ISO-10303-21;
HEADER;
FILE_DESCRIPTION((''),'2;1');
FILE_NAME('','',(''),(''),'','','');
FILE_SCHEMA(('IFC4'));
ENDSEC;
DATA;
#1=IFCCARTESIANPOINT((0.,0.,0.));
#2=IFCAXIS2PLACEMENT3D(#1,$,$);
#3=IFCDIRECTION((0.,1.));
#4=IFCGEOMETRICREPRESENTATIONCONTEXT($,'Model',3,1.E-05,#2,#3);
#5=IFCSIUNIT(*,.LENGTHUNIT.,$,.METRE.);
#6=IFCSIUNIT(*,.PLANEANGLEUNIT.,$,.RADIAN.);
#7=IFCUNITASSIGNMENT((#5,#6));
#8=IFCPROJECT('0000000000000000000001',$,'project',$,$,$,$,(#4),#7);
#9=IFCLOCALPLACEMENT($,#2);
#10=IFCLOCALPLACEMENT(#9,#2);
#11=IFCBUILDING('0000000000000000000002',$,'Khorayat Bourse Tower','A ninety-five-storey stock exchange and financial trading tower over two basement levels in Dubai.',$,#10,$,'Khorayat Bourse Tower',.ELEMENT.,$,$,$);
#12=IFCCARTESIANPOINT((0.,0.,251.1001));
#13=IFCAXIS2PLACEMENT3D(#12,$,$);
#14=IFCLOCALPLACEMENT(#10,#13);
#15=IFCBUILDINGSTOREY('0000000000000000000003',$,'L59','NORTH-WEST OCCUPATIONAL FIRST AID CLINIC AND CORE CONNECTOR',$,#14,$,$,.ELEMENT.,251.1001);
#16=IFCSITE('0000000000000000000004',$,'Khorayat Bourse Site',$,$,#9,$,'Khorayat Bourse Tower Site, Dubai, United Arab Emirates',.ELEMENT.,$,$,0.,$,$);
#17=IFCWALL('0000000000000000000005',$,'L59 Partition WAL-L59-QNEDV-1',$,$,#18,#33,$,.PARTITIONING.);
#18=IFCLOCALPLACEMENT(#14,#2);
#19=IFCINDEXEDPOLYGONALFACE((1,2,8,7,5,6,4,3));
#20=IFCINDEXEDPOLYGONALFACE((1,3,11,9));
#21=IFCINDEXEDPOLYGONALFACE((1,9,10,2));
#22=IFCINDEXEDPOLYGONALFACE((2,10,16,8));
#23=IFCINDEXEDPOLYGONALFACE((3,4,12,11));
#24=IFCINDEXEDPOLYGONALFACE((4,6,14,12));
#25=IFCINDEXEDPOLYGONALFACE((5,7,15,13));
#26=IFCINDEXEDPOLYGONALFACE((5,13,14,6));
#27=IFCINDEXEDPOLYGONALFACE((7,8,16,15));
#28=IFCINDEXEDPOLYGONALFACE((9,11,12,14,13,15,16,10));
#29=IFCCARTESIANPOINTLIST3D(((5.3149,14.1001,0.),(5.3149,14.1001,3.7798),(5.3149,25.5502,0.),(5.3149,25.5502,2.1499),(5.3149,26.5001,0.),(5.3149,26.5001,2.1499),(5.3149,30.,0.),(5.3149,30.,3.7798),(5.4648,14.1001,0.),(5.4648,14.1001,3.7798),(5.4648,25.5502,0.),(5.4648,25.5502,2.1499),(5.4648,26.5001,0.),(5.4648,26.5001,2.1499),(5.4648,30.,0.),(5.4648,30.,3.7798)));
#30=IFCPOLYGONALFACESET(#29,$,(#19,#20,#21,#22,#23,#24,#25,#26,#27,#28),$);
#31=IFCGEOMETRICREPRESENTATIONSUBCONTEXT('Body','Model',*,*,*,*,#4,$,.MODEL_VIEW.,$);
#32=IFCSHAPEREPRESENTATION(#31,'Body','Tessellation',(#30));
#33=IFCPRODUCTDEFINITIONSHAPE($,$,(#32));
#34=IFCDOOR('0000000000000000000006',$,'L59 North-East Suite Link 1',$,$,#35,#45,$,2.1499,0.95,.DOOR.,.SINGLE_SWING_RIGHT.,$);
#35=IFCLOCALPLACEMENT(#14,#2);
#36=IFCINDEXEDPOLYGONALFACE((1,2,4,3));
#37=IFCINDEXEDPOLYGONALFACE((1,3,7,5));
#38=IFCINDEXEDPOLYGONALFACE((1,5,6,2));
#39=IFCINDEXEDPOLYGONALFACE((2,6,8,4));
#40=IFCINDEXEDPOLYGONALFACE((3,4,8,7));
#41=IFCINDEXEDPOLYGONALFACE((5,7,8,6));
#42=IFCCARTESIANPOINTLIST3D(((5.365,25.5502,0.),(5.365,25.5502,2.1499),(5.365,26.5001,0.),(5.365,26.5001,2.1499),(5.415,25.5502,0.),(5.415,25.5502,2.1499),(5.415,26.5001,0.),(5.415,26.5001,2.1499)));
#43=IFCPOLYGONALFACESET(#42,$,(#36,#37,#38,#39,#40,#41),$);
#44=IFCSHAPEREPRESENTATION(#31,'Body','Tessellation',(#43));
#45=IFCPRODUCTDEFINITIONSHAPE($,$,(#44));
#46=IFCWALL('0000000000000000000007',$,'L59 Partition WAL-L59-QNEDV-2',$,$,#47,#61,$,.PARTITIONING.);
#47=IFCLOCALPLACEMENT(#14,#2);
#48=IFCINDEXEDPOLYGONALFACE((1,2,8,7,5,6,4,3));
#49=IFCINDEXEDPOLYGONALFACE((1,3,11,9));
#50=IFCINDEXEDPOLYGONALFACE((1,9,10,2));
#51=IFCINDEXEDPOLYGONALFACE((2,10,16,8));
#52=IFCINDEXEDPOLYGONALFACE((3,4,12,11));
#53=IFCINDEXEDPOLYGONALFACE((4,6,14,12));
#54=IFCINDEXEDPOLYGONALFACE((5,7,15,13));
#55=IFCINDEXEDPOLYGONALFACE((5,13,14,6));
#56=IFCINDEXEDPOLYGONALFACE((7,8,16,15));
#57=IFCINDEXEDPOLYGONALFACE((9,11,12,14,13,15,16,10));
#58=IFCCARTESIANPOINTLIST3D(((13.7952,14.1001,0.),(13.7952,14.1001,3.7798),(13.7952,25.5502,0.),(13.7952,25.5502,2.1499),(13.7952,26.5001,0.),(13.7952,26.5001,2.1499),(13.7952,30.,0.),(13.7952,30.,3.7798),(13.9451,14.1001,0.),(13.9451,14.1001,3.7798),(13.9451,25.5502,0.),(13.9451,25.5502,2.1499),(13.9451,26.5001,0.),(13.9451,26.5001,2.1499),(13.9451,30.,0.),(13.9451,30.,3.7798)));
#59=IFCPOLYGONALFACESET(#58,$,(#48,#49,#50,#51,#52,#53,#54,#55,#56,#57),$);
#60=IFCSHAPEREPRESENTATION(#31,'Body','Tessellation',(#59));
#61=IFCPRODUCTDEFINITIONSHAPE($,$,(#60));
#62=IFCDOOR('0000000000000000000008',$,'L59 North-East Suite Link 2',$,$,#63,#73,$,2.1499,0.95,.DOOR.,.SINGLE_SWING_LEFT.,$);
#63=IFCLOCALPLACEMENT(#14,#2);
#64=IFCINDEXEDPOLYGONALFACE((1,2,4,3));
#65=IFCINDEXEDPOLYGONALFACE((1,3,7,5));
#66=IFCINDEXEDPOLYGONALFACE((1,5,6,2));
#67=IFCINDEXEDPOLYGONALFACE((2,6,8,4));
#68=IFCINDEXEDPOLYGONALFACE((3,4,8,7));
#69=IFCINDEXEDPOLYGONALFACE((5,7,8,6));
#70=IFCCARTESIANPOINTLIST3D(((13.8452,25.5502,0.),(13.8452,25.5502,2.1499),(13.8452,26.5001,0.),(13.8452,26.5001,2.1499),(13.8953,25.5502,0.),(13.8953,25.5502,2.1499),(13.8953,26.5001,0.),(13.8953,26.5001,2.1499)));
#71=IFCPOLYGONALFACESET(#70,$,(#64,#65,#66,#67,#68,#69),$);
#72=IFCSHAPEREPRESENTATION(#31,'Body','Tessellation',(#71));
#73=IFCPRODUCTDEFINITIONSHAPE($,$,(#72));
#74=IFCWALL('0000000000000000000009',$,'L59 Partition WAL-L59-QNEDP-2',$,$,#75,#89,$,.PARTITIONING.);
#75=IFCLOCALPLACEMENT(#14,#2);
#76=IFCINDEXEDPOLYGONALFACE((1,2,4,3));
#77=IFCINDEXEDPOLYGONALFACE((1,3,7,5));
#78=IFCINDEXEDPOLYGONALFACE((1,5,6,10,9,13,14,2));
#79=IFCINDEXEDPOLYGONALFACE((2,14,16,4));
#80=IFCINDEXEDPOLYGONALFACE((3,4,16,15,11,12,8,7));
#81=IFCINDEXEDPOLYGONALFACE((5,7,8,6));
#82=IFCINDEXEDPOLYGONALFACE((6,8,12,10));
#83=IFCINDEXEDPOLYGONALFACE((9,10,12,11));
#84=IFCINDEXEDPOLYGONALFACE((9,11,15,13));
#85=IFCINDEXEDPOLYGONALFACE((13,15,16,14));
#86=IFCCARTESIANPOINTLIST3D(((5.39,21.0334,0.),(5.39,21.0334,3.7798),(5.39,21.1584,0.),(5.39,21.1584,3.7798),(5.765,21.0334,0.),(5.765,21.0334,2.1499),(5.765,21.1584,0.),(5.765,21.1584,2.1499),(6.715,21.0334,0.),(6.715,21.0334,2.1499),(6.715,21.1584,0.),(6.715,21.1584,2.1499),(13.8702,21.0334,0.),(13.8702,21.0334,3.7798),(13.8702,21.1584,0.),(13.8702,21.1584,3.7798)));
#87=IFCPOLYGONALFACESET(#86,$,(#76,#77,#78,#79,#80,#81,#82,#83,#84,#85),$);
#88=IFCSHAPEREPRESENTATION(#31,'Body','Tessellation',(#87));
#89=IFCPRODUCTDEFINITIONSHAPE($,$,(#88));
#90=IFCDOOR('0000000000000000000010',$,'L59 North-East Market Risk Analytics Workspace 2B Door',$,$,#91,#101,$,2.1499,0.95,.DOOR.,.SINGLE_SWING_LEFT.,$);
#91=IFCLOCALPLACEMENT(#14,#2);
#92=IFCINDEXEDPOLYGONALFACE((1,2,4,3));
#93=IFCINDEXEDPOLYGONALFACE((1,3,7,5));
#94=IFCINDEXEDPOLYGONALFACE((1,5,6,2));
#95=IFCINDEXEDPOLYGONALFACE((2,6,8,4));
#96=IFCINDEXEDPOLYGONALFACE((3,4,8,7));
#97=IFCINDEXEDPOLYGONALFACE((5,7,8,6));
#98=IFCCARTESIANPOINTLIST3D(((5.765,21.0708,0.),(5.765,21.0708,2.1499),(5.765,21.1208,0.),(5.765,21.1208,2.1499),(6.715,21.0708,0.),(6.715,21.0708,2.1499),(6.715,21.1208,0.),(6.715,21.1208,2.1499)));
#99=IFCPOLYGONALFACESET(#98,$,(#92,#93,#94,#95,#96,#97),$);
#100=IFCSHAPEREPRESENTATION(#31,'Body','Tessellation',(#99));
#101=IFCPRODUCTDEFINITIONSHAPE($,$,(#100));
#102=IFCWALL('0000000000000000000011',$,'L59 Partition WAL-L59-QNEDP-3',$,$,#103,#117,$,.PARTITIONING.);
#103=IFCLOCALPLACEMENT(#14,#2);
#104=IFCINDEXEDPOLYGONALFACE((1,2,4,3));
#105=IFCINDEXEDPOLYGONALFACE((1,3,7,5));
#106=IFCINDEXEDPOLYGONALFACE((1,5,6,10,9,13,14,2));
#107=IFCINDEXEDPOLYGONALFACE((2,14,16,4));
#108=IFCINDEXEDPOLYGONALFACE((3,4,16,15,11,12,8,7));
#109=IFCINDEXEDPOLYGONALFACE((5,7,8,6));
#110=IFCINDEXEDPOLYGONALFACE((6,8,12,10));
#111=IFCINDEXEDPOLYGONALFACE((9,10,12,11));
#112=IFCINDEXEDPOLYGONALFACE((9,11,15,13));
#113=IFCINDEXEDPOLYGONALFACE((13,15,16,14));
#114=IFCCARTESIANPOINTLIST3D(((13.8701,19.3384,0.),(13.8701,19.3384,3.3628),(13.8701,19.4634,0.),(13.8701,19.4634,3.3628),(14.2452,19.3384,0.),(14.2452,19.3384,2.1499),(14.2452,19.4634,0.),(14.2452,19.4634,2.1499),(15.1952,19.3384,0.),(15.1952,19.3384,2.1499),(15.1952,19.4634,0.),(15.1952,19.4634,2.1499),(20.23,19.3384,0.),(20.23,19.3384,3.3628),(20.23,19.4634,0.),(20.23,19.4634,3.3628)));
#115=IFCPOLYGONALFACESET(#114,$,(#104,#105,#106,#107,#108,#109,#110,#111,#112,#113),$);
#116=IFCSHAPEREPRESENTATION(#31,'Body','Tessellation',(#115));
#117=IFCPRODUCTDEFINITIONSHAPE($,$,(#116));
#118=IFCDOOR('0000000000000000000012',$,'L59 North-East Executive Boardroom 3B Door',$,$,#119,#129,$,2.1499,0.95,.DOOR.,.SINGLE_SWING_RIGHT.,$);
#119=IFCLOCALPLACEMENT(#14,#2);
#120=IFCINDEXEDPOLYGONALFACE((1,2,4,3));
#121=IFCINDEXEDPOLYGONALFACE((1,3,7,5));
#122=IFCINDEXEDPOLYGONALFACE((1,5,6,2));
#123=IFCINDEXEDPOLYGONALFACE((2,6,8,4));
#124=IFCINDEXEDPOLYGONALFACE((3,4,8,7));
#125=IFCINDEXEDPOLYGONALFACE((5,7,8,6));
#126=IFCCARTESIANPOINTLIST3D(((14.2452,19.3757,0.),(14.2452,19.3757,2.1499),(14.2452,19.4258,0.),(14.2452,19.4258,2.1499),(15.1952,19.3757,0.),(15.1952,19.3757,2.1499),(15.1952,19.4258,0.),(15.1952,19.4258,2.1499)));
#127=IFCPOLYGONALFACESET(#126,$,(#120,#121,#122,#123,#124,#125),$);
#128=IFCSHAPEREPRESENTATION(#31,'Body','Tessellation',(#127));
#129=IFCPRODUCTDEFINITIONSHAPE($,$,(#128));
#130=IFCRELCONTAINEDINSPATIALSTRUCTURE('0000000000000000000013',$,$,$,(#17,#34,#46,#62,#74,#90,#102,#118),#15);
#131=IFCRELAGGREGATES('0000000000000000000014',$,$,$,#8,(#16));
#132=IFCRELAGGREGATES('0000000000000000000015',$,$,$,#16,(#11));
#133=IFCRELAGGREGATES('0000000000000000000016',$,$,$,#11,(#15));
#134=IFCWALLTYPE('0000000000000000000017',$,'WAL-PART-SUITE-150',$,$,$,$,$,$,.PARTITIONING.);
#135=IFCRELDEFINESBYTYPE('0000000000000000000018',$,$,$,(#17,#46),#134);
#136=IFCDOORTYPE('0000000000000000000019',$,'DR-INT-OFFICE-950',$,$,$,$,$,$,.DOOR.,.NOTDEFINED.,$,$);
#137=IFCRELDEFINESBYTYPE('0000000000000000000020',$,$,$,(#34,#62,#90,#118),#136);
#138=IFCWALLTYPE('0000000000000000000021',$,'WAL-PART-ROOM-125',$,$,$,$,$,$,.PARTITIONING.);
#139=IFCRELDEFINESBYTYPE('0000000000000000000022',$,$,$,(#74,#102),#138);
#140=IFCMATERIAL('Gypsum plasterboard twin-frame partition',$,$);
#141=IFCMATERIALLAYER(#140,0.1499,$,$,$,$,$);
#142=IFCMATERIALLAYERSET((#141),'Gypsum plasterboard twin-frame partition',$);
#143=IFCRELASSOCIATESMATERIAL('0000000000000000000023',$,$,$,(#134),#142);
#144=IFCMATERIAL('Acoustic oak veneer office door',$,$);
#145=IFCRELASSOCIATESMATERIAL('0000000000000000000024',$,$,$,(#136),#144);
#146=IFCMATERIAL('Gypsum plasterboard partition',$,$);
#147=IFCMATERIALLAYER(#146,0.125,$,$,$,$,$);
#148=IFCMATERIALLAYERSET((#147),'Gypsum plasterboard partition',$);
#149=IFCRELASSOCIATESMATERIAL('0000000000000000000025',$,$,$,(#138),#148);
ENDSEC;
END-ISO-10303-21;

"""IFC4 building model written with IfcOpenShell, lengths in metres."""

from ifc_helpers import new_model, si_unit, direction, frame, frame_2d, origin, place, context, subcontext, project, spatial, rectangle, extrude, source, transform, mapped, material, layer, layer_set, type_object, element, fill, save


model = new_model("IFC4")

# Units and contexts
model_context = context("Model", 3, precision=1e-05, world=origin(), true_north=direction((0.0, 1.0)))
body_context = subcontext(model_context, "Body", "Model", "MODEL_VIEW")
ifc_project = project(units=[si_unit("LENGTHUNIT", "METRE"), si_unit("PLANEANGLEUNIT", "RADIAN")], contexts=[model_context])

# Site, building, storey
site_placement = place(None, origin())
site = spatial("IfcSite", under=ifc_project, at=site_placement, Name="Khorayat Bourse Site", LongName="Khorayat Bourse Tower Site, Dubai, United Arab Emirates", CompositionType="ELEMENT", RefElevation=0.0)
building_placement = place(site_placement, origin())
building = spatial("IfcBuilding", under=site, at=building_placement, Name="Khorayat Bourse Tower", Description="A ninety-five-storey stock exchange and financial trading tower over two basement levels in Dubai.", LongName="Khorayat Bourse Tower", CompositionType="ELEMENT")
storey_placement = place(building_placement, frame((0.0, 0.0, 251.1001)))
storey = spatial("IfcBuildingStorey", under=building, at=storey_placement, Name="L59", Description="NORTH-WEST OCCUPATIONAL FIRST AID CLINIC AND CORE CONNECTOR", CompositionType="ELEMENT", Elevation=251.1001)

# Walls, openings, doors
ifc_material_1 = material(Name="Gypsum plasterboard twin-frame partition")
ifc_layer_1 = layer(ifc_material_1, 0.1499)
ifc_layer_set_1 = layer_set([ifc_layer_1], Name="Gypsum plasterboard twin-frame partition")
wall_type_1 = type_object("IfcWallType", Name="WAL-PART-SUITE-150", PredefinedType="PARTITIONING", material=ifc_layer_set_1)
shared_shape_1 = source(origin(), body_context, "Body", "SweptSolid", [
    extrude(rectangle(XDim=15.8999, YDim=0.1499, at=frame_2d((7.95, 0.0))), origin(), (0.0, 0.0, 1.0), 3.7798),
])
wall_1_placement = place(storey_placement, frame((5.3899, 14.1001, 0.0), z_axis=(0.0, 0.0, 1.0), x_axis=(0.0, 1.0, 0.0)))
wall_1 = element("IfcWall", 1, at=wall_1_placement, inside=storey, type_object=wall_type_1, Name="L59 Partition WAL-L59-QNEDV-1", PredefinedType="PARTITIONING", context=body_context, shape_type="MappedRepresentation", body=[
    mapped(shared_shape_1, transform((0.0, 0.0, 0.0), scale=1.0)),
])
shared_shape_2 = source(origin(), body_context, "Body", "SweptSolid", [
    extrude(rectangle(XDim=0.95, YDim=2.1499, at=frame_2d((0.4751, 1.075))), frame((0.0, 0.085, 0.0), z_axis=(0.0, -1.0, 0.0), x_axis=(1.0, 0.0, 0.0)), (0.0, 0.0, 1.0), 0.1699),
])
opening_1_placement = place(wall_1_placement, frame((11.45, 0.0, 0.0)))
opening_1 = element("IfcOpeningElement", 2, at=opening_1_placement, cuts=wall_1, PredefinedType="OPENING", context=body_context, shape_type="MappedRepresentation", body=[
    mapped(shared_shape_2, transform((0.0, 0.0, 0.0), scale=1.0)),
])
ifc_material_2 = material(Name="Acoustic oak veneer office door")
door_type = type_object("IfcDoorType", Name="DR-INT-OFFICE-950", OperationType="NOTDEFINED", PredefinedType="DOOR", material=ifc_material_2)
shared_shape_3 = source(origin(), body_context, "Body", "SweptSolid", [
    extrude(rectangle(XDim=0.95, YDim=2.1499, at=frame_2d((0.4751, 1.075))), frame((0.0, 0.0249, 0.0), z_axis=(0.0, -1.0, 0.0), x_axis=(1.0, 0.0, 0.0)), (0.0, 0.0, 1.0), 0.05),
])
door_1_placement = place(opening_1_placement, origin())
door_1 = element("IfcDoor", 3, at=door_1_placement, inside=storey, type_object=door_type, Name="L59 North-East Suite Link 1", OperationType="SINGLE_SWING_RIGHT", OverallHeight=2.1499, OverallWidth=0.95, PredefinedType="DOOR", context=body_context, shape_type="MappedRepresentation", body=[
    mapped(shared_shape_3, transform((0.0, 0.0, 0.0), scale=1.0)),
])
fill(opening_1, door_1)
wall_2_placement = place(storey_placement, frame((13.8701, 14.1001, 0.0), z_axis=(0.0, 0.0, 1.0), x_axis=(0.0, 1.0, 0.0)))
wall_2 = element("IfcWall", 4, at=wall_2_placement, inside=storey, type_object=wall_type_1, Name="L59 Partition WAL-L59-QNEDV-2", PredefinedType="PARTITIONING", context=body_context, shape_type="MappedRepresentation", body=[
    mapped(shared_shape_1, transform((0.0, 0.0, 0.0), scale=1.0)),
])
opening_2_placement = place(wall_2_placement, frame((11.45, 0.0, 0.0)))
opening_2 = element("IfcOpeningElement", 5, at=opening_2_placement, cuts=wall_2, PredefinedType="OPENING", context=body_context, shape_type="MappedRepresentation", body=[
    mapped(shared_shape_2, transform((0.0, 0.0, 0.0), scale=1.0)),
])
door_2_placement = place(opening_2_placement, origin())
door_2 = element("IfcDoor", 6, at=door_2_placement, inside=storey, type_object=door_type, Name="L59 North-East Suite Link 2", OperationType="SINGLE_SWING_LEFT", OverallHeight=2.1499, OverallWidth=0.95, PredefinedType="DOOR", context=body_context, shape_type="MappedRepresentation", body=[
    mapped(shared_shape_3, transform((0.0, 0.0, 0.0), scale=1.0)),
])
fill(opening_2, door_2)
ifc_material_3 = material(Name="Gypsum plasterboard partition")
ifc_layer_2 = layer(ifc_material_3, 0.125)
ifc_layer_set_2 = layer_set([ifc_layer_2], Name="Gypsum plasterboard partition")
wall_type_2 = type_object("IfcWallType", Name="WAL-PART-ROOM-125", PredefinedType="PARTITIONING", material=ifc_layer_set_2)
shared_shape_4 = source(origin(), body_context, "Body", "SweptSolid", [
    extrude(rectangle(XDim=8.4802, YDim=0.125, at=frame_2d((4.2402, 0.0))), origin(), (0.0, 0.0, 1.0), 3.7798),
])
wall_3_placement = place(storey_placement, frame((5.3899, 21.0959, 0.0), z_axis=(0.0, 0.0, 1.0), x_axis=(1.0, 0.0, 0.0)))
wall_3 = element("IfcWall", 7, at=wall_3_placement, inside=storey, type_object=wall_type_2, Name="L59 Partition WAL-L59-QNEDP-2", PredefinedType="PARTITIONING", context=body_context, shape_type="MappedRepresentation", body=[
    mapped(shared_shape_4, transform((0.0, 0.0, 0.0), scale=1.0)),
])
shared_shape_5 = source(origin(), body_context, "Body", "SweptSolid", [
    extrude(rectangle(XDim=0.95, YDim=2.1499, at=frame_2d((0.4751, 1.075))), frame((0.0, 0.0725, 0.0), z_axis=(0.0, -1.0, 0.0), x_axis=(1.0, 0.0, 0.0)), (0.0, 0.0, 1.0), 0.145),
])
opening_3_placement = place(wall_3_placement, frame((0.375, 0.0, 0.0)))
opening_3 = element("IfcOpeningElement", 8, at=opening_3_placement, cuts=wall_3, PredefinedType="OPENING", context=body_context, shape_type="MappedRepresentation", body=[
    mapped(shared_shape_5, transform((0.0, 0.0, 0.0), scale=1.0)),
])
door_3_placement = place(opening_3_placement, origin())
door_3 = element("IfcDoor", 9, at=door_3_placement, inside=storey, type_object=door_type, Name="L59 North-East Market Risk Analytics Workspace 2B Door", OperationType="SINGLE_SWING_LEFT", OverallHeight=2.1499, OverallWidth=0.95, PredefinedType="DOOR", context=body_context, shape_type="MappedRepresentation", body=[
    mapped(shared_shape_3, transform((0.0, 0.0, 0.0), scale=1.0)),
])
fill(opening_3, door_3)
shared_shape_6 = source(origin(), body_context, "Body", "SweptSolid", [
    extrude(rectangle(XDim=6.3599, YDim=0.125, at=frame_2d((3.1799, 0.0))), origin(), (0.0, 0.0, 1.0), 3.3628),
])
wall_4_placement = place(storey_placement, frame((13.8701, 19.4009, 0.0), z_axis=(0.0, 0.0, 1.0), x_axis=(1.0, 0.0, 0.0)))
wall_4 = element("IfcWall", 10, at=wall_4_placement, inside=storey, type_object=wall_type_2, Name="L59 Partition WAL-L59-QNEDP-3", PredefinedType="PARTITIONING", context=body_context, shape_type="MappedRepresentation", body=[
    mapped(shared_shape_6, transform((0.0, 0.0, 0.0), scale=1.0)),
])
opening_4_placement = place(wall_4_placement, frame((0.375, 0.0, 0.0)))
opening_4 = element("IfcOpeningElement", 11, at=opening_4_placement, cuts=wall_4, PredefinedType="OPENING", context=body_context, shape_type="MappedRepresentation", body=[
    mapped(shared_shape_5, transform((0.0, 0.0, 0.0), scale=1.0)),
])
door_4_placement = place(opening_4_placement, origin())
door_4 = element("IfcDoor", 12, at=door_4_placement, inside=storey, type_object=door_type, Name="L59 North-East Executive Boardroom 3B Door", OperationType="SINGLE_SWING_RIGHT", OverallHeight=2.1499, OverallWidth=0.95, PredefinedType="DOOR", context=body_context, shape_type="MappedRepresentation", body=[
    mapped(shared_shape_3, transform((0.0, 0.0, 0.0), scale=1.0)),
])
fill(opening_4, door_4)

save(model, "model.ifc")
